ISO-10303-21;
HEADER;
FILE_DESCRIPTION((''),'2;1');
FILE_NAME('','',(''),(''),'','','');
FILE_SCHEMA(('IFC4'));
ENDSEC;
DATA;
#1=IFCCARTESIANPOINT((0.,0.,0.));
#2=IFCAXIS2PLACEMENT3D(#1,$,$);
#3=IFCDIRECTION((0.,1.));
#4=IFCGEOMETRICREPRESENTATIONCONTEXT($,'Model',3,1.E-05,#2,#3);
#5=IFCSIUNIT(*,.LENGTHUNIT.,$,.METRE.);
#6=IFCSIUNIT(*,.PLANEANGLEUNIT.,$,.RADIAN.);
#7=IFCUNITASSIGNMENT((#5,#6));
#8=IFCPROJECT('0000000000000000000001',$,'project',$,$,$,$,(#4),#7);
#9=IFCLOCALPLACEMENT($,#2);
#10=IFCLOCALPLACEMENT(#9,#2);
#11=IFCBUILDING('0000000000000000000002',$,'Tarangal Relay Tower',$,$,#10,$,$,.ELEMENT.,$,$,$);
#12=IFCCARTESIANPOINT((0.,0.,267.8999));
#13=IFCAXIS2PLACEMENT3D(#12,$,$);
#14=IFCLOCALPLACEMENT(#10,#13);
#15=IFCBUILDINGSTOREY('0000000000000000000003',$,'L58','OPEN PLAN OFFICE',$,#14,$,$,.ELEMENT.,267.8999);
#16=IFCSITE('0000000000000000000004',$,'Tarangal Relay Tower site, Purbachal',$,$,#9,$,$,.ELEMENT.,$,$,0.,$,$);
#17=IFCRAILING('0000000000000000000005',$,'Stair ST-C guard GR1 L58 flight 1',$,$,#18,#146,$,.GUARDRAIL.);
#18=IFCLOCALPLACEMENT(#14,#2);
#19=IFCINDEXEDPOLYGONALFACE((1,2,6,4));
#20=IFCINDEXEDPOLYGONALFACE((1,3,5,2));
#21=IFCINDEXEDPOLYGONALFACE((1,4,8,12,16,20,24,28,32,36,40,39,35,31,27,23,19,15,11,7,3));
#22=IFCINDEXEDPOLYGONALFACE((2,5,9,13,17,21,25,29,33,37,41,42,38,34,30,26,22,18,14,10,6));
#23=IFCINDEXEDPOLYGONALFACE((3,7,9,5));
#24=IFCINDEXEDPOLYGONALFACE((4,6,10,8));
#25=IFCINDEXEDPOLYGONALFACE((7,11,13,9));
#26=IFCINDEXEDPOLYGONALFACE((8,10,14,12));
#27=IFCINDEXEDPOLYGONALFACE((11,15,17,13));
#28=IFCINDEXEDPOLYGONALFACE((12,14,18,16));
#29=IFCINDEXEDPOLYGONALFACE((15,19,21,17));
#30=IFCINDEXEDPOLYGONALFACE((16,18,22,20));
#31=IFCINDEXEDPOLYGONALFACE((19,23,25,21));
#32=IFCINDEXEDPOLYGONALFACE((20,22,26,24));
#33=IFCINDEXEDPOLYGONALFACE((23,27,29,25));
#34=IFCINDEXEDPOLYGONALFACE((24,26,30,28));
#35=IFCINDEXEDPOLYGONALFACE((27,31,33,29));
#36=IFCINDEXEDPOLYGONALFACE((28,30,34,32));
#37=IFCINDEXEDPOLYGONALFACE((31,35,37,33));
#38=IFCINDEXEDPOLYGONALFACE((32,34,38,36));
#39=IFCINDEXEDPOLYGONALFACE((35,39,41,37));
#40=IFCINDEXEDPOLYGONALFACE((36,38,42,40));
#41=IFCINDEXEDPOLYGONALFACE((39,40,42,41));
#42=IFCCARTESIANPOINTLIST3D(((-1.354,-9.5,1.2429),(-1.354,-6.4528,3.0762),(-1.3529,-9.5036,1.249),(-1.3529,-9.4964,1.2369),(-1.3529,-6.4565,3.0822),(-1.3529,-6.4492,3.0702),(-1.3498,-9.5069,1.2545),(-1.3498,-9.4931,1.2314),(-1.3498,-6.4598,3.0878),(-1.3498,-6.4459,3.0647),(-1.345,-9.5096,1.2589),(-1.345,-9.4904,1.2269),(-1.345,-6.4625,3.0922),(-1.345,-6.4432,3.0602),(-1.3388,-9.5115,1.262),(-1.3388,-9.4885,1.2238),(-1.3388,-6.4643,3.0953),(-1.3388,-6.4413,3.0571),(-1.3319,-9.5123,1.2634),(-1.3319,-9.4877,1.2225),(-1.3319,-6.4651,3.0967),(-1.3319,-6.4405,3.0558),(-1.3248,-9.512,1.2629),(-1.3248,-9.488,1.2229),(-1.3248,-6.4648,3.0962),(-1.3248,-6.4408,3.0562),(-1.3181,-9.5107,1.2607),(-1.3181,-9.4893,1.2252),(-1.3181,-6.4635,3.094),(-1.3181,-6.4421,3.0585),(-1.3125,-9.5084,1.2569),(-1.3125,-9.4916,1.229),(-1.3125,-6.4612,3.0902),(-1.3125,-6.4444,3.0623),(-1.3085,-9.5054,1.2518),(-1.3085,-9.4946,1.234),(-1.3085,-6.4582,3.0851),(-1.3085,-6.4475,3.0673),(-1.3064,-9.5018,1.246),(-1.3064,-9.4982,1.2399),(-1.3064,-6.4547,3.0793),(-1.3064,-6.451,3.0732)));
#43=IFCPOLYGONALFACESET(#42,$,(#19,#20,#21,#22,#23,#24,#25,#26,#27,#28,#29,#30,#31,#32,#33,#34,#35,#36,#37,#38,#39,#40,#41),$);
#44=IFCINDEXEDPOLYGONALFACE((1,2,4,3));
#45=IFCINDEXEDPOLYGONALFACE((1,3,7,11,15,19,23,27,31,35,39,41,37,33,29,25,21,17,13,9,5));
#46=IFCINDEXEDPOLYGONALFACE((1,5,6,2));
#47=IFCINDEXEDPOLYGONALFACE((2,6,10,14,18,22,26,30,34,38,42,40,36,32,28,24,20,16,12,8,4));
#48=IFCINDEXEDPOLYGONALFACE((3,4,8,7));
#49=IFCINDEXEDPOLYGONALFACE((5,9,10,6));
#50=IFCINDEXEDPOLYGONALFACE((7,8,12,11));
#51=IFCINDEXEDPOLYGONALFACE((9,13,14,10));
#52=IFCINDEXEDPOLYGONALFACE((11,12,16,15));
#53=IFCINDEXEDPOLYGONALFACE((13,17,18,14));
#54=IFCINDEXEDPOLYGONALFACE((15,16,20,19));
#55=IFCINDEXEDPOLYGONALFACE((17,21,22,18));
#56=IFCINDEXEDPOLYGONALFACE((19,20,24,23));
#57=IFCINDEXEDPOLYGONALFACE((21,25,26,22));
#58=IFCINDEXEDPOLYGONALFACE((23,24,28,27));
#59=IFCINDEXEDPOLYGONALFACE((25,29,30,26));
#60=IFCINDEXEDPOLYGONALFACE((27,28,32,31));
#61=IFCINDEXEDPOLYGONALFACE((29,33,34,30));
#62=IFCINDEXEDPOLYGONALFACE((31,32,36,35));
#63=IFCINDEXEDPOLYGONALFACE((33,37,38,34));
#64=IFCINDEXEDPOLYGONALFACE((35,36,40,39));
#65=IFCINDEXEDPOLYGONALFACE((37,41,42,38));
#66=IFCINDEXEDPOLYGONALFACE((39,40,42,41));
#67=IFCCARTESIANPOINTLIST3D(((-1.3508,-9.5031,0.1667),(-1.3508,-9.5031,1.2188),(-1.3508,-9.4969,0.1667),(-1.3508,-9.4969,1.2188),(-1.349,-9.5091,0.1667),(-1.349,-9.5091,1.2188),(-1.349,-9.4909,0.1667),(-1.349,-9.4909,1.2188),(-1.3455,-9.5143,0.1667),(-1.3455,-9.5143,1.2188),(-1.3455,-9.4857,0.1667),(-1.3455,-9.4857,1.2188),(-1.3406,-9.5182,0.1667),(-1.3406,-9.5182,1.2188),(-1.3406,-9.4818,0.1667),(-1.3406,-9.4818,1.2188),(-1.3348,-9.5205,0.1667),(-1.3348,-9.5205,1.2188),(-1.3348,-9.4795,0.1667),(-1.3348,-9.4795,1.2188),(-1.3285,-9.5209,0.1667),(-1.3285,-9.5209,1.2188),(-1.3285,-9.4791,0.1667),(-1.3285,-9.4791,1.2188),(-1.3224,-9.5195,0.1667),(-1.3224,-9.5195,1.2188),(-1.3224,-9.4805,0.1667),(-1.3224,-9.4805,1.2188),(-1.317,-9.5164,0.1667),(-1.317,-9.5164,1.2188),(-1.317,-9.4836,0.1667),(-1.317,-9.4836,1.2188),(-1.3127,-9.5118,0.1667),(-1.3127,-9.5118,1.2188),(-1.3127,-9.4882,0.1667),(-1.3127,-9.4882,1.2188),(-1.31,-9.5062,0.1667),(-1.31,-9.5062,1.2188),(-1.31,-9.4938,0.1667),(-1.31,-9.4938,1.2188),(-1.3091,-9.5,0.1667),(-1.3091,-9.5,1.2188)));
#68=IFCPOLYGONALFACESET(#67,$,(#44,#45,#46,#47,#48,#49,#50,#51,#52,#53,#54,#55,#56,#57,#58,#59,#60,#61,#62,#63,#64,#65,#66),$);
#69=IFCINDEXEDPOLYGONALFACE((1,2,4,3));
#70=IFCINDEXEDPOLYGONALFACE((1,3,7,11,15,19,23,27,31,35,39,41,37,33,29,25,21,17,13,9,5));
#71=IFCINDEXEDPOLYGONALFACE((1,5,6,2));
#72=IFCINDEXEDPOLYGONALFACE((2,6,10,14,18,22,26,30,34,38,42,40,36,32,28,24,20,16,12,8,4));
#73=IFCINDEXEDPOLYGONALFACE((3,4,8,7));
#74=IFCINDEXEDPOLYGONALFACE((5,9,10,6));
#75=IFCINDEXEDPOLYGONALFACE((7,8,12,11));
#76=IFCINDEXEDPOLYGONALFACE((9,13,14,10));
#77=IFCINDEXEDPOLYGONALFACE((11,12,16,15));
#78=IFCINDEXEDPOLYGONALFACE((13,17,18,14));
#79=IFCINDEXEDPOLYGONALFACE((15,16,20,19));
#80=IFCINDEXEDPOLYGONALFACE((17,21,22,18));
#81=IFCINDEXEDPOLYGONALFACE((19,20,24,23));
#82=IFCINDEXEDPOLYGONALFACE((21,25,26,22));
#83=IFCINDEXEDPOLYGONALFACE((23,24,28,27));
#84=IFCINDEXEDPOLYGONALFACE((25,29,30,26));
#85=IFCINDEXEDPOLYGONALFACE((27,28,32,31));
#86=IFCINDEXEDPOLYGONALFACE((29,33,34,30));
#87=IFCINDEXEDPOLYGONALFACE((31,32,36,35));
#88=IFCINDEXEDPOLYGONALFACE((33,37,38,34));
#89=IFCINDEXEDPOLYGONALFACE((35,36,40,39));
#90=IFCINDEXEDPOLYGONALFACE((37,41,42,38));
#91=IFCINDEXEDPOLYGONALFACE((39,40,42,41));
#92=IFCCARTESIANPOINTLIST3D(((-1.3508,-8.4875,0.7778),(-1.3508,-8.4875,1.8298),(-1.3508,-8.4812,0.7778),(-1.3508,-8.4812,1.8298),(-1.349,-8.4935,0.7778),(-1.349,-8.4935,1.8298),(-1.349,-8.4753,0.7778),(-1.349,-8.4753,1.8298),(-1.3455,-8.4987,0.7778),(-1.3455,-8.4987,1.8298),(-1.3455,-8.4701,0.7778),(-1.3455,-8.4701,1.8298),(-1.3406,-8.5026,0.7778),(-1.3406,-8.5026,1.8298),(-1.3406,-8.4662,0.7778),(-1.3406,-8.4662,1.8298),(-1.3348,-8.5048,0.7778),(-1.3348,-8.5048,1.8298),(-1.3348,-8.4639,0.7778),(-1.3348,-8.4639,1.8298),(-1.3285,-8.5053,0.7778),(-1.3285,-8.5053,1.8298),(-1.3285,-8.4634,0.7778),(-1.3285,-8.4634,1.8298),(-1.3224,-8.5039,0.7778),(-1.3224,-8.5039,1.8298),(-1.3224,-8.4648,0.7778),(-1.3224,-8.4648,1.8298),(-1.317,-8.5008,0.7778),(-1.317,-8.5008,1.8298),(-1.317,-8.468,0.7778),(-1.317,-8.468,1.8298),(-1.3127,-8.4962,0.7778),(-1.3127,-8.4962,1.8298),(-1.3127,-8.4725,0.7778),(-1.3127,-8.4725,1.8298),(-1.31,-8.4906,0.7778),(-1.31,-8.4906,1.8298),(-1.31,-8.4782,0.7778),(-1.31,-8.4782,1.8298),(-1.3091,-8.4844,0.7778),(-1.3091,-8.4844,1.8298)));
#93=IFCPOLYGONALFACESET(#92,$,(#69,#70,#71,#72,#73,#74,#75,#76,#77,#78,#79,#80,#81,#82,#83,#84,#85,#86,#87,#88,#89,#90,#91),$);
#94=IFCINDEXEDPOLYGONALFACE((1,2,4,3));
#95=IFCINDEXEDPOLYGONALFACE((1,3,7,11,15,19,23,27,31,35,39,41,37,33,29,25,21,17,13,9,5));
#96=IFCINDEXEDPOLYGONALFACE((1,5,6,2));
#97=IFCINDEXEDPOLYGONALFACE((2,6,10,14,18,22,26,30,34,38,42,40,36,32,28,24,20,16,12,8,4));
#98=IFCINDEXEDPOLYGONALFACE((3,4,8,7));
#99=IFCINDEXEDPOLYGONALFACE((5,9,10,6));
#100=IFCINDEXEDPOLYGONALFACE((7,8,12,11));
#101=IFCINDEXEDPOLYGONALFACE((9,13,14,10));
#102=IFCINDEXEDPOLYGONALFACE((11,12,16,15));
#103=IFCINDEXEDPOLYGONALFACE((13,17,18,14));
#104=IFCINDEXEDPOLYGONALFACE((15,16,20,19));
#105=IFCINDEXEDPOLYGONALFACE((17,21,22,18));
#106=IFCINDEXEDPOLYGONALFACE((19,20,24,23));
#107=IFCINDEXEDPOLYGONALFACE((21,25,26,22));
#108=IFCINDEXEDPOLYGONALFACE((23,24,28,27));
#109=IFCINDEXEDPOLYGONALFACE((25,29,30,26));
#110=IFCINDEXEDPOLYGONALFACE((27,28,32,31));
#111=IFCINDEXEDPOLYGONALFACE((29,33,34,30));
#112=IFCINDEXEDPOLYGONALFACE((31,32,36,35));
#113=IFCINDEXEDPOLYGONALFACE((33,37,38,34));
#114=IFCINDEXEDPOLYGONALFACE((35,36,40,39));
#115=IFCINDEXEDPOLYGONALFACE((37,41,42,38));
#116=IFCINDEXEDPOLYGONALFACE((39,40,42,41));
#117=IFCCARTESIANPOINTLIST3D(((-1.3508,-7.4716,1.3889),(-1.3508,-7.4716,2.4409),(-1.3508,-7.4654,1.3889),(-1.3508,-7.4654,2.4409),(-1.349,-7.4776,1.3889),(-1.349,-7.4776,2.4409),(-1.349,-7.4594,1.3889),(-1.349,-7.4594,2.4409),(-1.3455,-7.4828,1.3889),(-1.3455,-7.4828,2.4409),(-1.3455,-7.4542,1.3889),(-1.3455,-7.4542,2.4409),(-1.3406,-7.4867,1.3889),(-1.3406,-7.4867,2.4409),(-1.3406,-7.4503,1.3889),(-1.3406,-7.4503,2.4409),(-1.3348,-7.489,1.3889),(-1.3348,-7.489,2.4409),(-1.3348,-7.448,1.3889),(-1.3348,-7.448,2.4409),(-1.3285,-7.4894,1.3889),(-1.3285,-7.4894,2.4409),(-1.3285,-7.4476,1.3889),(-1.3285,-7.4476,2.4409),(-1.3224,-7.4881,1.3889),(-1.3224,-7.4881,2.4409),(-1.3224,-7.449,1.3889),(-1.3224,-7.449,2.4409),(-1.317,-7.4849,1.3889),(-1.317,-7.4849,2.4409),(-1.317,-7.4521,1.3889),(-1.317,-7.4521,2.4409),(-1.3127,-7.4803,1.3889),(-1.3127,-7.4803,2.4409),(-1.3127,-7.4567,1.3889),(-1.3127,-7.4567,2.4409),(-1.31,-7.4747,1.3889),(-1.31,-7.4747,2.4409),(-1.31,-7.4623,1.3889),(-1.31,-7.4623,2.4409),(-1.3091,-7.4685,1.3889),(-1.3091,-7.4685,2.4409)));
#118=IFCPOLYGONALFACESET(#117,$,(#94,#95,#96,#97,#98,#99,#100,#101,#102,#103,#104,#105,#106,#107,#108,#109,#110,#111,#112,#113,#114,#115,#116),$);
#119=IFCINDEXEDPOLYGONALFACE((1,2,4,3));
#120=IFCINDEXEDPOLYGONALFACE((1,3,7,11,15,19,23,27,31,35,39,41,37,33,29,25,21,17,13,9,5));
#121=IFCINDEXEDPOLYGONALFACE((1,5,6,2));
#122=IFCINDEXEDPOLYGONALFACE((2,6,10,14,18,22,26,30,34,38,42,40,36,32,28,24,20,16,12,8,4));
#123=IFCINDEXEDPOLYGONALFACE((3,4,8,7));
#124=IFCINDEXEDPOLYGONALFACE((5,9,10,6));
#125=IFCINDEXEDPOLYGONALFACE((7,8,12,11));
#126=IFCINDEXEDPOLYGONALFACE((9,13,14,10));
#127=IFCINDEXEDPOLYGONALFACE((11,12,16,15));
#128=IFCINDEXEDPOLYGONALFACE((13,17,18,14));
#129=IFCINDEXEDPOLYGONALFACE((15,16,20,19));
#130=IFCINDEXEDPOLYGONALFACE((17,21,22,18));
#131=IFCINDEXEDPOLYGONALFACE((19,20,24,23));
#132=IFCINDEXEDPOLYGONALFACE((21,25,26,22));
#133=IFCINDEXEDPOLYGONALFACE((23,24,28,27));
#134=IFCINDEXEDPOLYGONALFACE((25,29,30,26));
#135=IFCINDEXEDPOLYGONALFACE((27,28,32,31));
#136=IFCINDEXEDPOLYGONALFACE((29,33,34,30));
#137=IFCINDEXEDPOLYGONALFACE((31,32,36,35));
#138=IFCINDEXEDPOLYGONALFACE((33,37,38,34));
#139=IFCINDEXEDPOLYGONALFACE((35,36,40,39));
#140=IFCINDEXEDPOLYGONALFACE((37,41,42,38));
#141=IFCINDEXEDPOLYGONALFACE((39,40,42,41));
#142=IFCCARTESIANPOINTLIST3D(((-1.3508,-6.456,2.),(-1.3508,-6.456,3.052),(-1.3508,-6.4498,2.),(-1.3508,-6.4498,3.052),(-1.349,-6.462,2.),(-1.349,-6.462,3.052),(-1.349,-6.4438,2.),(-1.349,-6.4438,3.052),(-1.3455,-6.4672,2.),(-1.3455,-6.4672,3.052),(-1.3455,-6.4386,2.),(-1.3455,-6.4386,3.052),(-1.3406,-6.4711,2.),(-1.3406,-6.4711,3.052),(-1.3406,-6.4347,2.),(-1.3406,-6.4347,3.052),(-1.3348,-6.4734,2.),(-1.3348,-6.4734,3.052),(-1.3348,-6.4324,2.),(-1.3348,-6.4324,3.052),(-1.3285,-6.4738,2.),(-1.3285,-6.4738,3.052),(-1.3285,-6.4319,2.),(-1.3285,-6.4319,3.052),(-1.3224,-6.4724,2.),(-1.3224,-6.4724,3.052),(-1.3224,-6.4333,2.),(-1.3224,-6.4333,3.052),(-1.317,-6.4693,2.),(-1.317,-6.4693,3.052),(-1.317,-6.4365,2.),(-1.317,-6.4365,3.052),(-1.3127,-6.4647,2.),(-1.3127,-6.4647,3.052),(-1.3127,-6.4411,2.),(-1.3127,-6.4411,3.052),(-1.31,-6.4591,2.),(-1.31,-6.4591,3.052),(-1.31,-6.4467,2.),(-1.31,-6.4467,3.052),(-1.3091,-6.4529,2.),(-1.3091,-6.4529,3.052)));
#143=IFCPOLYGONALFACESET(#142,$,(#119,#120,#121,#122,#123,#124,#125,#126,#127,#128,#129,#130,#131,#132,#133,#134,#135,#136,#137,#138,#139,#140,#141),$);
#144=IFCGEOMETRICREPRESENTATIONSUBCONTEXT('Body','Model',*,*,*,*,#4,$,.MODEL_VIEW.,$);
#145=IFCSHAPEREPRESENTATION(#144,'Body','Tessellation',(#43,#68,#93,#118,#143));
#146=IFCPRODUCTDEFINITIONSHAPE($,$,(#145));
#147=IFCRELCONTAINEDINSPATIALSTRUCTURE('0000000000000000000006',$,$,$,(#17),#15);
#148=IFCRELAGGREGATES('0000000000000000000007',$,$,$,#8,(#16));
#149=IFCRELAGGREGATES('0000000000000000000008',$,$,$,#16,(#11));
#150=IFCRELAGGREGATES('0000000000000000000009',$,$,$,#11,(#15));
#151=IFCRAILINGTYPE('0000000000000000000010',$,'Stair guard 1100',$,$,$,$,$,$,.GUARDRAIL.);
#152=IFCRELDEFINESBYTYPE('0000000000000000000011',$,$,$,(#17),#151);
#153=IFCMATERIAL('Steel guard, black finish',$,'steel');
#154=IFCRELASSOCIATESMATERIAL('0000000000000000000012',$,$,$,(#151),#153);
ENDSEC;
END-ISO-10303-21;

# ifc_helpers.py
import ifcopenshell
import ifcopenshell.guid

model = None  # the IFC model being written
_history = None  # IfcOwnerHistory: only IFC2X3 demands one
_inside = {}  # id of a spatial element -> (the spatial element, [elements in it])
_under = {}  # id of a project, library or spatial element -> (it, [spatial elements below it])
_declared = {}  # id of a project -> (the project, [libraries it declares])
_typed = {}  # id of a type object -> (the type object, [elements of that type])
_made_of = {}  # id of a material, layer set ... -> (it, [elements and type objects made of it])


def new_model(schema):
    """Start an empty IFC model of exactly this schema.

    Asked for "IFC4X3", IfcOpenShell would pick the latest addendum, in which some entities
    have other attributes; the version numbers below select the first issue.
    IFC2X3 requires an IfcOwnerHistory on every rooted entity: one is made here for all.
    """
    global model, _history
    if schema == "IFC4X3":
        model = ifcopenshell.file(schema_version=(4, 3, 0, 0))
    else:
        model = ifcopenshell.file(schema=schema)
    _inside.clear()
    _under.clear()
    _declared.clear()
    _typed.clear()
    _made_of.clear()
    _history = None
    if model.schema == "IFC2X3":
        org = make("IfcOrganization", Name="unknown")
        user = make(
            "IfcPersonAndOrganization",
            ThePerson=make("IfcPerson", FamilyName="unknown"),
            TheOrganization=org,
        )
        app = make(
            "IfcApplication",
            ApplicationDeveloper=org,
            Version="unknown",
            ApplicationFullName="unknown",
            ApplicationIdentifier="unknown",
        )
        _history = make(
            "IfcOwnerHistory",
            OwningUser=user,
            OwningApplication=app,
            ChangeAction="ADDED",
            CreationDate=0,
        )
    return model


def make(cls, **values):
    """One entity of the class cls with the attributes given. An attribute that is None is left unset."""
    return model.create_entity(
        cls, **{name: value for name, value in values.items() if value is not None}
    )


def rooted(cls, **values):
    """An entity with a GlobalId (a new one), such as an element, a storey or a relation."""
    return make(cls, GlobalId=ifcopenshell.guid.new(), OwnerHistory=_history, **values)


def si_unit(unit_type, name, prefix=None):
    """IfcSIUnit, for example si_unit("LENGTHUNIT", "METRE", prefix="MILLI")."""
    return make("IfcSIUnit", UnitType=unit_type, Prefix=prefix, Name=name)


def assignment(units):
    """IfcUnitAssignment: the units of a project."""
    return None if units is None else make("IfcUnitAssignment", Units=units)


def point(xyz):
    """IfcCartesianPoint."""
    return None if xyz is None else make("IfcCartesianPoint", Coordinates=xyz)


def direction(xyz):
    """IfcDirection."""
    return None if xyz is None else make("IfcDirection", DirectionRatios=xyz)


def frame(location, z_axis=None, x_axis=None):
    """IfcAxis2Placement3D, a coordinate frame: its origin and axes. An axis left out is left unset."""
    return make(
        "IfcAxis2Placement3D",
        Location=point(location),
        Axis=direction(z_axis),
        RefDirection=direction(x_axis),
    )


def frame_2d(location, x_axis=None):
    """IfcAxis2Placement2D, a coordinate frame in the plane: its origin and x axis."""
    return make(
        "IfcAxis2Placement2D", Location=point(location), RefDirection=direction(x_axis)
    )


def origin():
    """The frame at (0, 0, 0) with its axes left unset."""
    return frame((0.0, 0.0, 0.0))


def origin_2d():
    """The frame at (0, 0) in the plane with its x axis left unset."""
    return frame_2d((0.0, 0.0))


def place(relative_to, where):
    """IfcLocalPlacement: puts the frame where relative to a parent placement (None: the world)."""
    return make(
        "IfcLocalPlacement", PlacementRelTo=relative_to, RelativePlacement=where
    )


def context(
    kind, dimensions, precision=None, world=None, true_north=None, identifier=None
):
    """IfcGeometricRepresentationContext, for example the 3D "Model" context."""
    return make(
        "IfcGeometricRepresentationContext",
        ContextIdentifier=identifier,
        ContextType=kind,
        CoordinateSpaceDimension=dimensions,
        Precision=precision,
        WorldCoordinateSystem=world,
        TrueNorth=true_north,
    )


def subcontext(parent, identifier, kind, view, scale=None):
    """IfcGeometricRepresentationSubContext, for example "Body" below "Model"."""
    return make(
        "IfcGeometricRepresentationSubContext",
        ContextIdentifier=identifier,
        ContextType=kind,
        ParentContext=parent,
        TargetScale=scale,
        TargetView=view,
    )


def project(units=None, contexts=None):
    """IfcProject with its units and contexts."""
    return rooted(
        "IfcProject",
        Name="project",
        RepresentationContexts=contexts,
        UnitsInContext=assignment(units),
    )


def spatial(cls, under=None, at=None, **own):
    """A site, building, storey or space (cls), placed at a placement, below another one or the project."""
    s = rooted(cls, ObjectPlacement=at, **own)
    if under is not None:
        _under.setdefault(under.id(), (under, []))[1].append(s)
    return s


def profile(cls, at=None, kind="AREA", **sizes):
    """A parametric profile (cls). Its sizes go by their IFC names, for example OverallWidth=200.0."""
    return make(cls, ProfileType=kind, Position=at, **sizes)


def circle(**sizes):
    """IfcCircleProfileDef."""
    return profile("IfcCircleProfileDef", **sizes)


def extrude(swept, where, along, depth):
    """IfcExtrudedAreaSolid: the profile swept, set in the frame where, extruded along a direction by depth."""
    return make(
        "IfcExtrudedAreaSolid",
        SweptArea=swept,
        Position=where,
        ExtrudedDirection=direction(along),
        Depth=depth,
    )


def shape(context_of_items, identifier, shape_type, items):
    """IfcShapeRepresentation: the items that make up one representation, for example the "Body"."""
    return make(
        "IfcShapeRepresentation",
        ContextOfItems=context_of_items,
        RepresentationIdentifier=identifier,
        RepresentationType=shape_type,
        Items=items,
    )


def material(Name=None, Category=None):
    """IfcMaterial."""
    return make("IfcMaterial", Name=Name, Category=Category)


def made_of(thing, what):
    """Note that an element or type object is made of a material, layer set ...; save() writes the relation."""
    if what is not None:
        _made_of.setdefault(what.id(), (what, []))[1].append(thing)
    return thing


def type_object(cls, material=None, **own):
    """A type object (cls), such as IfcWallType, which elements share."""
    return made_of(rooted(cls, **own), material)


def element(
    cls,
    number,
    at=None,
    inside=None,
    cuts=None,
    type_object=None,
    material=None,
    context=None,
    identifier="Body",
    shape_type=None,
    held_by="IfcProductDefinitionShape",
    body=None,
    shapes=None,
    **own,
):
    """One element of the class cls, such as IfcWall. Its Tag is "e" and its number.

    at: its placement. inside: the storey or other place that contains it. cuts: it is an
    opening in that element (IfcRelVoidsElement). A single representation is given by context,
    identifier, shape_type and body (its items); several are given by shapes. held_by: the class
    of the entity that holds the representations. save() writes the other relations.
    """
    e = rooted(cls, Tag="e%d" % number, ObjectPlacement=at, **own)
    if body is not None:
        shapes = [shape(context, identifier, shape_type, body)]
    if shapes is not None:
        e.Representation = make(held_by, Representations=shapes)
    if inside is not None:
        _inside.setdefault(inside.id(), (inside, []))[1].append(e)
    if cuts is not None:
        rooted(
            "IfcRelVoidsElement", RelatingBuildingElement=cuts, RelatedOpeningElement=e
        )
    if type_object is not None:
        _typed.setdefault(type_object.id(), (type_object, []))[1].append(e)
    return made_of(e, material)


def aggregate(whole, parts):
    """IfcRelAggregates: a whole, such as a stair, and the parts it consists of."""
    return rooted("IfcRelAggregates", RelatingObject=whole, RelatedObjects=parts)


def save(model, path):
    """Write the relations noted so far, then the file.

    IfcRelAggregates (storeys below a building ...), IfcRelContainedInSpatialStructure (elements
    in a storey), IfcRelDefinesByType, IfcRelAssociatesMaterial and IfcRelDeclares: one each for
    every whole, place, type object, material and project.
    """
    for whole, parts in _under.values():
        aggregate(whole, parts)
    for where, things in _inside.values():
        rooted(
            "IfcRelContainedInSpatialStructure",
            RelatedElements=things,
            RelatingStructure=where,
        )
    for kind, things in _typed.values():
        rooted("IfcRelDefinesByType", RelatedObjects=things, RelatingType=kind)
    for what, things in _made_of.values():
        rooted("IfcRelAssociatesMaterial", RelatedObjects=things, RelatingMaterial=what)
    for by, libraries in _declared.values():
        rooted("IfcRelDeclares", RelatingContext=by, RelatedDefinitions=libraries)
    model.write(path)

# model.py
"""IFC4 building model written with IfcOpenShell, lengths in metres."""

from ifc_helpers import new_model, si_unit, direction, frame, origin, origin_2d, place, context, subcontext, project, spatial, circle, extrude, material, type_object, element, save


model = new_model("IFC4")

# Units and contexts
model_context = context("Model", 3, precision=1e-05, world=origin(), true_north=direction((0.0, 1.0)))
body_context = subcontext(model_context, "Body", "Model", "MODEL_VIEW")
ifc_project = project(units=[si_unit("LENGTHUNIT", "METRE"), si_unit("PLANEANGLEUNIT", "RADIAN")], contexts=[model_context])

# Site, building, storey
site_placement = place(None, origin())
site = spatial("IfcSite", under=ifc_project, at=site_placement, Name="Tarangal Relay Tower site, Purbachal", CompositionType="ELEMENT", RefElevation=0.0)
building_placement = place(site_placement, origin())
building = spatial("IfcBuilding", under=site, at=building_placement, Name="Tarangal Relay Tower", CompositionType="ELEMENT")
storey_placement = place(building_placement, frame((0.0, 0.0, 267.8999)))
storey = spatial("IfcBuildingStorey", under=building, at=storey_placement, Name="L58", Description="OPEN PLAN OFFICE", CompositionType="ELEMENT", Elevation=267.8999)

# Railing
ifc_material_1 = material(Name="Steel guard, black finish", Category="steel")
railing_type_1 = type_object("IfcRailingType", Name="Stair guard 1100", PredefinedType="GUARDRAIL", material=ifc_material_1)
railing_1_placement = place(storey_placement, frame((-1.3301, -9.5, 0.1667)))
element("IfcRailing", 1, at=railing_1_placement, inside=storey, type_object=railing_type_1, Name="Stair ST-C guard GR1 L58 flight 1", PredefinedType="GUARDRAIL", context=body_context, shape_type="SweptSolid", body=[
    extrude(circle(Radius=0.0239, at=origin_2d()), frame((0.0, 0.0, 1.0762), z_axis=(0.0, 0.856874, 0.515525), x_axis=(-1.0, 0.0, 0.0)), (0.0, 0.0, 1.0), 3.5562),
    extrude(circle(Radius=0.021, at=origin_2d()), origin(), (0.0, 0.0, 1.0), 1.052),
    extrude(circle(Radius=0.021, at=origin_2d()), frame((0.0, 1.0156, 0.6111)), (0.0, 0.0, 1.0), 1.052),
    extrude(circle(Radius=0.021, at=origin_2d()), frame((0.0, 2.0315, 1.2222)), (0.0, 0.0, 1.0), 1.052),
    extrude(circle(Radius=0.021, at=origin_2d()), frame((0.0, 3.0471, 1.8333)), (0.0, 0.0, 1.0), 1.052),
])

save(model, "model.ifc")
